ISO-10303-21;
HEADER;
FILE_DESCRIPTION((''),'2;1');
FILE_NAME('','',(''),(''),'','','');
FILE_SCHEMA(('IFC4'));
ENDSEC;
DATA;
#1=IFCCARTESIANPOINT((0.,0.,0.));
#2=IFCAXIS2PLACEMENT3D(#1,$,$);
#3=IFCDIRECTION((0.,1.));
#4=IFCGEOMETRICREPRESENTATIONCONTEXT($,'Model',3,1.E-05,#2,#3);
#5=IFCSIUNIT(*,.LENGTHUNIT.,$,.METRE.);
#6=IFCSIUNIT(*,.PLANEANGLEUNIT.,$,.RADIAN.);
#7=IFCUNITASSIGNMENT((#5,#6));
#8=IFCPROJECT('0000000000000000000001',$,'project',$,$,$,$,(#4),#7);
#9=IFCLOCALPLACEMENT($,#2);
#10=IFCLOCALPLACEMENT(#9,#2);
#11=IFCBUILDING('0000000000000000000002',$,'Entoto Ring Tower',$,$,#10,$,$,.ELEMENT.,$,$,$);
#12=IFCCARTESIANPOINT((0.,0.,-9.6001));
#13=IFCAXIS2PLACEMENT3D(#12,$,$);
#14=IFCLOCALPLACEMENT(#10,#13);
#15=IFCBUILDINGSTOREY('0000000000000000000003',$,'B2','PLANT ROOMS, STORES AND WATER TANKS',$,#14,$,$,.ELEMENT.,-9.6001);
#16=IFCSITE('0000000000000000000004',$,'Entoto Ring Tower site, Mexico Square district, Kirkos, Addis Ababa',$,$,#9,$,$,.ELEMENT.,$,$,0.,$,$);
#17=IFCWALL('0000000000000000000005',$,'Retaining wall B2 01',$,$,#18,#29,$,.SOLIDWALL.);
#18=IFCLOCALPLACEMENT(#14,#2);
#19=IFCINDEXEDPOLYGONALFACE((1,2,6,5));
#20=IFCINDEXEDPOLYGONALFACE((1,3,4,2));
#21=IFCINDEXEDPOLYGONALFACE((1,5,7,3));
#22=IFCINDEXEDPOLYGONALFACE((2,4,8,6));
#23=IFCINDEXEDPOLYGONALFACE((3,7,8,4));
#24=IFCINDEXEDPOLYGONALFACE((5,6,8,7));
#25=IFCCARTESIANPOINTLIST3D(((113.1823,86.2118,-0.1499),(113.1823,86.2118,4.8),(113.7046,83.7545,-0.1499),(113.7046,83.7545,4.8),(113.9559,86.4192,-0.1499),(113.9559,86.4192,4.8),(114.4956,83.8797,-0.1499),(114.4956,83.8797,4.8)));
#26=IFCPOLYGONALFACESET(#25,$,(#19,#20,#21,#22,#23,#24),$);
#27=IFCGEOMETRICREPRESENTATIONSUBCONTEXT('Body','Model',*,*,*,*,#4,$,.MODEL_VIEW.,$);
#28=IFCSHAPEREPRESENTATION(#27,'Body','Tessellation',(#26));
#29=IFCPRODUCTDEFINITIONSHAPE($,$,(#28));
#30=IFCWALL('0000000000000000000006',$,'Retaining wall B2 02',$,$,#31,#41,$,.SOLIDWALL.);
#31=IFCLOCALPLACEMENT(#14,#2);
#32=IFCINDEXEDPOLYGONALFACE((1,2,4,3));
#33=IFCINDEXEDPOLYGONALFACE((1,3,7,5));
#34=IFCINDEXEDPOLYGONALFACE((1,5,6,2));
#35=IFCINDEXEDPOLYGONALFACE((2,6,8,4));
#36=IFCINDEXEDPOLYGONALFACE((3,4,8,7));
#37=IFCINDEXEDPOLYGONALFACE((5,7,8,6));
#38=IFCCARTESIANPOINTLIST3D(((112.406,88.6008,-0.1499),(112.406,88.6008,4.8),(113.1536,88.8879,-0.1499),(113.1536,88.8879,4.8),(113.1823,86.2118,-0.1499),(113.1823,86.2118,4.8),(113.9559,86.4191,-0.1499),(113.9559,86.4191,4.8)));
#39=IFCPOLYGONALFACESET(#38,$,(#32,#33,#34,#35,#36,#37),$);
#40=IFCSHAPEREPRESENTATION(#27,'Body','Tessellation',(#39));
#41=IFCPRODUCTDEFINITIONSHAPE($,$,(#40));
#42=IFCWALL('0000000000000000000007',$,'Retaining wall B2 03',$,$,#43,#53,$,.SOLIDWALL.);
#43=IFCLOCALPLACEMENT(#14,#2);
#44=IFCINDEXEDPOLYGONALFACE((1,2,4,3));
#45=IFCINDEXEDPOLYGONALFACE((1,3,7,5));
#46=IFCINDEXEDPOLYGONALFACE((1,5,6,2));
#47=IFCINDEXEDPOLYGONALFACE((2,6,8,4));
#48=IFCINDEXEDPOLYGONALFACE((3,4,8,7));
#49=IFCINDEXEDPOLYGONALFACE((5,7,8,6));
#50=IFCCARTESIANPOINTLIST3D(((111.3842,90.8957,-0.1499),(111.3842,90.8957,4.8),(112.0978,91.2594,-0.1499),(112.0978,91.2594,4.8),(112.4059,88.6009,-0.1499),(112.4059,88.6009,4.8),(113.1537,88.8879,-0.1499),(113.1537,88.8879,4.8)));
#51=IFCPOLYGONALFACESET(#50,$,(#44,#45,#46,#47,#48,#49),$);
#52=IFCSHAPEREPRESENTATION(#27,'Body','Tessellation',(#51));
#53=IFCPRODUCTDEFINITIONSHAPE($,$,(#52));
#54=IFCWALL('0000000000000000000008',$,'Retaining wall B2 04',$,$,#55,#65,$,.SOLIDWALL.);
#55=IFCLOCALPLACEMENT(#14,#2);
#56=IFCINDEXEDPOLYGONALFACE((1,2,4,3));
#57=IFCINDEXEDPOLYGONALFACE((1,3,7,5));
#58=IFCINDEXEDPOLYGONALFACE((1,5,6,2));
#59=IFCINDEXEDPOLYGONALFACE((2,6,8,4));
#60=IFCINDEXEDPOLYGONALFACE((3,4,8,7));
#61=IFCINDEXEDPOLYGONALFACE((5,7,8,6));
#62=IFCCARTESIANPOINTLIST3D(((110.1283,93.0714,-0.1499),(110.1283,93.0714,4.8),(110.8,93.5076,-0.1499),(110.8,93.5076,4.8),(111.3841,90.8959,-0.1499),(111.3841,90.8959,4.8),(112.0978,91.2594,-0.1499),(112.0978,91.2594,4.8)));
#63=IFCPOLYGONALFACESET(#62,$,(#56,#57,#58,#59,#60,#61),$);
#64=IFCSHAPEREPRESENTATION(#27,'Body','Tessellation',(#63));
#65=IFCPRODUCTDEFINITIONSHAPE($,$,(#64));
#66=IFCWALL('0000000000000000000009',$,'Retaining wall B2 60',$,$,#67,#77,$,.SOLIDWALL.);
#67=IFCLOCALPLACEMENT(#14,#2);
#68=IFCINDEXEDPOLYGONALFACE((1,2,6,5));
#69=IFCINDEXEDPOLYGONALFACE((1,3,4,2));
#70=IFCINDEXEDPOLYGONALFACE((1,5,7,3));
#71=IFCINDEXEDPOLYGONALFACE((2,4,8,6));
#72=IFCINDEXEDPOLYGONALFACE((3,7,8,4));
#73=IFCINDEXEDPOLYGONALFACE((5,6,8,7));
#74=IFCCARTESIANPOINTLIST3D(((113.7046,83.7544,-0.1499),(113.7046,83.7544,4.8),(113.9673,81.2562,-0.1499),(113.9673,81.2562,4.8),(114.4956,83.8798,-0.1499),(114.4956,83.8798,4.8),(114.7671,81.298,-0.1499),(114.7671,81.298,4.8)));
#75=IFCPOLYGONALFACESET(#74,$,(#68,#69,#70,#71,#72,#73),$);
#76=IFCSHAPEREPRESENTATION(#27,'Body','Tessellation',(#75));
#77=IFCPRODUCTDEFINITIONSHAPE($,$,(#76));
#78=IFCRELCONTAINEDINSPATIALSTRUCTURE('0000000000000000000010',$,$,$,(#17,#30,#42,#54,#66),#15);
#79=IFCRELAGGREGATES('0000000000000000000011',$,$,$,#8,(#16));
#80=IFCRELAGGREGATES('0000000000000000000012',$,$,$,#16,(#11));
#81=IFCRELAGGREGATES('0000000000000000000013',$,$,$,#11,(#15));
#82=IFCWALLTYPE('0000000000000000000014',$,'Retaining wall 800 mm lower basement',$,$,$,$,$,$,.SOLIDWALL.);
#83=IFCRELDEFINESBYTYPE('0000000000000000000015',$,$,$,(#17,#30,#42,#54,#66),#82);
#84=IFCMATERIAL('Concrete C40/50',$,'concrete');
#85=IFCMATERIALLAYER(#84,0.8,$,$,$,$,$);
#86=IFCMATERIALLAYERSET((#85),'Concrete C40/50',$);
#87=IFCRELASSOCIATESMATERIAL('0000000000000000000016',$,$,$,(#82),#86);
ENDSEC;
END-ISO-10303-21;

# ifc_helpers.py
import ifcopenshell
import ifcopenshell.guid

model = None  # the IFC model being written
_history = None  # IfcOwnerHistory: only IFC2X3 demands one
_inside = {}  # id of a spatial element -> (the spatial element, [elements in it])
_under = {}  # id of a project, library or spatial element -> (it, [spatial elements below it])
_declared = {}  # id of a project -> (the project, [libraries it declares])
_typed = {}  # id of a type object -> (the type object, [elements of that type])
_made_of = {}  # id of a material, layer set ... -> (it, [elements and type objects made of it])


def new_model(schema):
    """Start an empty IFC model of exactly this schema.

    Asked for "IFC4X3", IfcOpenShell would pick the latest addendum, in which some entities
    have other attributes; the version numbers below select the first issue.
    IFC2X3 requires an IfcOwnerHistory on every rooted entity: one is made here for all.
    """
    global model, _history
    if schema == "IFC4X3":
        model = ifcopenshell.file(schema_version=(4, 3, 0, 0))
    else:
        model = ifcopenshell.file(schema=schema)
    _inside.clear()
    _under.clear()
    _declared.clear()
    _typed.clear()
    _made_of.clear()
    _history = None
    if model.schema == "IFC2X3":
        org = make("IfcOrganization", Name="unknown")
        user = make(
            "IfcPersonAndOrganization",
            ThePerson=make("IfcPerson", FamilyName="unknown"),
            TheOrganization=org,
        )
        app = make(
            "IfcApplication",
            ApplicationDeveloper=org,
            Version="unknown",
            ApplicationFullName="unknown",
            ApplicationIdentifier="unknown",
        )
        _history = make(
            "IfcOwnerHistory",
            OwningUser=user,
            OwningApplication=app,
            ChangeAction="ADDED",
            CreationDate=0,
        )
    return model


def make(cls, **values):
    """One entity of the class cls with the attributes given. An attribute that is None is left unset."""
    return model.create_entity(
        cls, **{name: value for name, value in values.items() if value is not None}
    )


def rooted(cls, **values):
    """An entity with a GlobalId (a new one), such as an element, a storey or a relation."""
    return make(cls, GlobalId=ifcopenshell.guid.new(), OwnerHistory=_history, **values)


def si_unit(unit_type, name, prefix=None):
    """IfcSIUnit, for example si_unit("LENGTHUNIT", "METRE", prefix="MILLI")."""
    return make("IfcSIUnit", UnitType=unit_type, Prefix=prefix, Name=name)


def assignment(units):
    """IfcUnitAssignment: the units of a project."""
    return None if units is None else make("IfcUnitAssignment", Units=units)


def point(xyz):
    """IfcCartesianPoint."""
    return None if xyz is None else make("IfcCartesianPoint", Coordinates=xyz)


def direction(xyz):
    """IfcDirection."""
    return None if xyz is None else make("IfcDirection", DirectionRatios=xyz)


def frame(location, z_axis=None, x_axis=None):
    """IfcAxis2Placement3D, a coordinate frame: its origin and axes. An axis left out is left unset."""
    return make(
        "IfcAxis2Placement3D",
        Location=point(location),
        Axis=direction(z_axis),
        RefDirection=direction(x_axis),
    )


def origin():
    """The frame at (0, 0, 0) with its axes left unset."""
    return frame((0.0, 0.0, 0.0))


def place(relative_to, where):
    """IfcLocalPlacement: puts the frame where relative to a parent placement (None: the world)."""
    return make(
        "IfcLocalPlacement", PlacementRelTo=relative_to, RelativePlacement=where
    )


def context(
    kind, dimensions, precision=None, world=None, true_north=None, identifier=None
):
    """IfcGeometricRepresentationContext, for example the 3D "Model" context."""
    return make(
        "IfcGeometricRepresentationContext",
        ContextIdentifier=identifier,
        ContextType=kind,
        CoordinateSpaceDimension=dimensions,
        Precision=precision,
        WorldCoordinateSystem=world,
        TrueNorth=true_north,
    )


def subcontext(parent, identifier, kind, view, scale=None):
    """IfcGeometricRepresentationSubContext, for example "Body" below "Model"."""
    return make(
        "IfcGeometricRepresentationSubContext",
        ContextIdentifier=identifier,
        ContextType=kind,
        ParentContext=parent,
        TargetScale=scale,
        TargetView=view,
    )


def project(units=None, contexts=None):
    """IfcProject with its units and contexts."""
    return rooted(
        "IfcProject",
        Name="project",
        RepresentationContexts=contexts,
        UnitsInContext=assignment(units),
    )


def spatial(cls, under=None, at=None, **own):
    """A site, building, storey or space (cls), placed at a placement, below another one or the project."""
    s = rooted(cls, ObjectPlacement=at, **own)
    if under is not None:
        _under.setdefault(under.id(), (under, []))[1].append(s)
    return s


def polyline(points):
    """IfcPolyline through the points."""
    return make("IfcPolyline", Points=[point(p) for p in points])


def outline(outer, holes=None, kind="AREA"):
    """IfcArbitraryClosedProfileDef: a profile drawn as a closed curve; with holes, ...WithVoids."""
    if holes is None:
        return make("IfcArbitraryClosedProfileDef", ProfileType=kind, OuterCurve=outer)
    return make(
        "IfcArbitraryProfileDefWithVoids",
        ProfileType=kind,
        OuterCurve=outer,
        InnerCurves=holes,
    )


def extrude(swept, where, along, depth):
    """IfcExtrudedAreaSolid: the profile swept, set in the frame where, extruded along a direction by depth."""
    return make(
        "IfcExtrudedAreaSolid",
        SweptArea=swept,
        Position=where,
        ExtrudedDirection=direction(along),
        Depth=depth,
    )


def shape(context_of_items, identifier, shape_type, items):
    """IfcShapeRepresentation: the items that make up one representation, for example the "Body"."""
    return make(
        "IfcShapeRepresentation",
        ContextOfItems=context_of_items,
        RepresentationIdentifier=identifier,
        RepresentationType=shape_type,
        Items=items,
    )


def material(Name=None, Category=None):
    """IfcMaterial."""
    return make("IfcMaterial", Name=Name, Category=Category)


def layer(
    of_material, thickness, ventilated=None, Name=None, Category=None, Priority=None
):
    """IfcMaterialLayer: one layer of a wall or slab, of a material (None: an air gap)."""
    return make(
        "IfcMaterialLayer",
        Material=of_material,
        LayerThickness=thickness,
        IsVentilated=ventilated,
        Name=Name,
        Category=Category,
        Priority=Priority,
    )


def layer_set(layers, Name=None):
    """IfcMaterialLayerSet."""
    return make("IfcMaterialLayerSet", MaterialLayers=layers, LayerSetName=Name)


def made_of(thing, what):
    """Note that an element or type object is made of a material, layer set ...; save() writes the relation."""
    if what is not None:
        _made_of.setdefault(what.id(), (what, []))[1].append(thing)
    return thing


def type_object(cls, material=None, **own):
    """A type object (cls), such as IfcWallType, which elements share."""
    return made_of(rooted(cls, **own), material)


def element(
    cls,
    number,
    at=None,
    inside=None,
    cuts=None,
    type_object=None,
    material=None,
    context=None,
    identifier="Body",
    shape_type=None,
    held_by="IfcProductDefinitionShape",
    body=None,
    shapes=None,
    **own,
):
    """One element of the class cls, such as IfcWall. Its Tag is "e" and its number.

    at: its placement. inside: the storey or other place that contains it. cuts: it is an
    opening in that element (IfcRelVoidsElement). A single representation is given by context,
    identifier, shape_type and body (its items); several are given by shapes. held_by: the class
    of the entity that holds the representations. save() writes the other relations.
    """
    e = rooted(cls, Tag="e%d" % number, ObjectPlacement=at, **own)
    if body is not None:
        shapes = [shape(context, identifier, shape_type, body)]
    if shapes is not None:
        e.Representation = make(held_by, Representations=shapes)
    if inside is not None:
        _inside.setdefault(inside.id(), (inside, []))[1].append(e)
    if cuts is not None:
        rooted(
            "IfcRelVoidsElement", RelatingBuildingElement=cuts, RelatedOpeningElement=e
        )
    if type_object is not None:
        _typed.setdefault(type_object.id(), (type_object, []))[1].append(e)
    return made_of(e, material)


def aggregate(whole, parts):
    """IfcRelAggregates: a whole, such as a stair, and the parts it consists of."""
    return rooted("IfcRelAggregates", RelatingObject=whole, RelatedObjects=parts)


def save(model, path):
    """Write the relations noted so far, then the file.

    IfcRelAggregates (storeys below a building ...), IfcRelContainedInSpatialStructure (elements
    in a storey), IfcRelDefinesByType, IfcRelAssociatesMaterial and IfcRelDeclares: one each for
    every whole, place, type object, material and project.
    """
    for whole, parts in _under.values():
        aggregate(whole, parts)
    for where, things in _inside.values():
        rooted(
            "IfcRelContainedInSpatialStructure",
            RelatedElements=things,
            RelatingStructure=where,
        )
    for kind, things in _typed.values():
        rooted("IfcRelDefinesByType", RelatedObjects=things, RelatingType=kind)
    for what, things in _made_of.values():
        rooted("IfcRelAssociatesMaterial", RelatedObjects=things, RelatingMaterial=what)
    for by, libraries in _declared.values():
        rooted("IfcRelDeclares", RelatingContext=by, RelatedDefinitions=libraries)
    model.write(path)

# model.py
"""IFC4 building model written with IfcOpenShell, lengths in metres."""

from ifc_helpers import new_model, si_unit, direction, frame, origin, place, context, subcontext, project, spatial, polyline, outline, extrude, material, layer, layer_set, type_object, element, save


model = new_model("IFC4")

# Units and contexts
model_context = context("Model", 3, precision=1e-05, world=origin(), true_north=direction((0.0, 1.0)))
body_context = subcontext(model_context, "Body", "Model", "MODEL_VIEW")
ifc_project = project(units=[si_unit("LENGTHUNIT", "METRE"), si_unit("PLANEANGLEUNIT", "RADIAN")], contexts=[model_context])

# Site, building, storey
site_placement = place(None, origin())
site = spatial("IfcSite", under=ifc_project, at=site_placement, Name="Entoto Ring Tower site, Mexico Square district, Kirkos, Addis Ababa", CompositionType="ELEMENT", RefElevation=0.0)
building_placement = place(site_placement, origin())
building = spatial("IfcBuilding", under=site, at=building_placement, Name="Entoto Ring Tower", CompositionType="ELEMENT")
storey_placement = place(building_placement, frame((0.0, 0.0, -9.6001)))
storey = spatial("IfcBuildingStorey", under=building, at=storey_placement, Name="B2", Description="PLANT ROOMS, STORES AND WATER TANKS", CompositionType="ELEMENT", Elevation=-9.6001)

# Walls
ifc_material_1 = material(Name="Concrete C40/50", Category="concrete")
ifc_layer_1 = layer(ifc_material_1, 0.8)
ifc_layer_set_1 = layer_set([ifc_layer_1], Name="Concrete C40/50")
wall_type_1 = type_object("IfcWallType", Name="Retaining wall 800 mm lower basement", PredefinedType="SOLIDWALL", material=ifc_layer_set_1)
wall_1_placement = place(storey_placement, frame((114.1001, 83.8171, -0.1499), z_axis=(0.0, 0.0, 1.0), x_axis=(-0.207903, 0.978149, 0.0)))
element("IfcWall", 1, at=wall_1_placement, inside=storey, type_object=wall_type_1, Name="Retaining wall B2 01", PredefinedType="SOLIDWALL", context=body_context, shape_type="SweptSolid", body=[
    extrude(outline(polyline([(-0.021, -0.3999), (2.5752, -0.3999), (2.5332, 0.3999), (0.021, 0.3999), (-0.021, -0.3999)])), origin(), (0.0, 0.0, 1.0), 4.95),
])
for number, where, z_axis, x_axis, name in (
    (2, (113.5691, 86.3154, -0.1499), (0.0, 0.0, 1.0), (-0.309049, 0.951046, 0.0), "Retaining wall B2 02"),
    (3, (112.7798, 88.7444, -0.1499), (0.0, 0.0, 1.0), (-0.406733, 0.913547, 0.0), "Retaining wall B2 03"),
    (4, (111.741, 91.0776, -0.1499), (0.0, 0.0, 1.0), (-0.499943, 0.866058, 0.0), "Retaining wall B2 04"),
    (5, (114.3672, 81.2771, -0.1499), (0.0, 0.0, 1.0), (-0.104575, 0.994517, 0.0), "Retaining wall B2 60"),
):
    element("IfcWall", number, at=place(storey_placement, frame(where, z_axis=z_axis, x_axis=x_axis)), inside=storey, type_object=wall_type_1, Name=name, PredefinedType="SOLIDWALL", context=body_context, shape_type="SweptSolid", body=[
        extrude(outline(polyline([(-0.021, -0.3999), (2.575, -0.3999), (2.533, 0.3999), (0.021, 0.3999), (-0.021, -0.3999)])), origin(), (0.0, 0.0, 1.0), 4.95),
    ])

save(model, "model.ifc")
